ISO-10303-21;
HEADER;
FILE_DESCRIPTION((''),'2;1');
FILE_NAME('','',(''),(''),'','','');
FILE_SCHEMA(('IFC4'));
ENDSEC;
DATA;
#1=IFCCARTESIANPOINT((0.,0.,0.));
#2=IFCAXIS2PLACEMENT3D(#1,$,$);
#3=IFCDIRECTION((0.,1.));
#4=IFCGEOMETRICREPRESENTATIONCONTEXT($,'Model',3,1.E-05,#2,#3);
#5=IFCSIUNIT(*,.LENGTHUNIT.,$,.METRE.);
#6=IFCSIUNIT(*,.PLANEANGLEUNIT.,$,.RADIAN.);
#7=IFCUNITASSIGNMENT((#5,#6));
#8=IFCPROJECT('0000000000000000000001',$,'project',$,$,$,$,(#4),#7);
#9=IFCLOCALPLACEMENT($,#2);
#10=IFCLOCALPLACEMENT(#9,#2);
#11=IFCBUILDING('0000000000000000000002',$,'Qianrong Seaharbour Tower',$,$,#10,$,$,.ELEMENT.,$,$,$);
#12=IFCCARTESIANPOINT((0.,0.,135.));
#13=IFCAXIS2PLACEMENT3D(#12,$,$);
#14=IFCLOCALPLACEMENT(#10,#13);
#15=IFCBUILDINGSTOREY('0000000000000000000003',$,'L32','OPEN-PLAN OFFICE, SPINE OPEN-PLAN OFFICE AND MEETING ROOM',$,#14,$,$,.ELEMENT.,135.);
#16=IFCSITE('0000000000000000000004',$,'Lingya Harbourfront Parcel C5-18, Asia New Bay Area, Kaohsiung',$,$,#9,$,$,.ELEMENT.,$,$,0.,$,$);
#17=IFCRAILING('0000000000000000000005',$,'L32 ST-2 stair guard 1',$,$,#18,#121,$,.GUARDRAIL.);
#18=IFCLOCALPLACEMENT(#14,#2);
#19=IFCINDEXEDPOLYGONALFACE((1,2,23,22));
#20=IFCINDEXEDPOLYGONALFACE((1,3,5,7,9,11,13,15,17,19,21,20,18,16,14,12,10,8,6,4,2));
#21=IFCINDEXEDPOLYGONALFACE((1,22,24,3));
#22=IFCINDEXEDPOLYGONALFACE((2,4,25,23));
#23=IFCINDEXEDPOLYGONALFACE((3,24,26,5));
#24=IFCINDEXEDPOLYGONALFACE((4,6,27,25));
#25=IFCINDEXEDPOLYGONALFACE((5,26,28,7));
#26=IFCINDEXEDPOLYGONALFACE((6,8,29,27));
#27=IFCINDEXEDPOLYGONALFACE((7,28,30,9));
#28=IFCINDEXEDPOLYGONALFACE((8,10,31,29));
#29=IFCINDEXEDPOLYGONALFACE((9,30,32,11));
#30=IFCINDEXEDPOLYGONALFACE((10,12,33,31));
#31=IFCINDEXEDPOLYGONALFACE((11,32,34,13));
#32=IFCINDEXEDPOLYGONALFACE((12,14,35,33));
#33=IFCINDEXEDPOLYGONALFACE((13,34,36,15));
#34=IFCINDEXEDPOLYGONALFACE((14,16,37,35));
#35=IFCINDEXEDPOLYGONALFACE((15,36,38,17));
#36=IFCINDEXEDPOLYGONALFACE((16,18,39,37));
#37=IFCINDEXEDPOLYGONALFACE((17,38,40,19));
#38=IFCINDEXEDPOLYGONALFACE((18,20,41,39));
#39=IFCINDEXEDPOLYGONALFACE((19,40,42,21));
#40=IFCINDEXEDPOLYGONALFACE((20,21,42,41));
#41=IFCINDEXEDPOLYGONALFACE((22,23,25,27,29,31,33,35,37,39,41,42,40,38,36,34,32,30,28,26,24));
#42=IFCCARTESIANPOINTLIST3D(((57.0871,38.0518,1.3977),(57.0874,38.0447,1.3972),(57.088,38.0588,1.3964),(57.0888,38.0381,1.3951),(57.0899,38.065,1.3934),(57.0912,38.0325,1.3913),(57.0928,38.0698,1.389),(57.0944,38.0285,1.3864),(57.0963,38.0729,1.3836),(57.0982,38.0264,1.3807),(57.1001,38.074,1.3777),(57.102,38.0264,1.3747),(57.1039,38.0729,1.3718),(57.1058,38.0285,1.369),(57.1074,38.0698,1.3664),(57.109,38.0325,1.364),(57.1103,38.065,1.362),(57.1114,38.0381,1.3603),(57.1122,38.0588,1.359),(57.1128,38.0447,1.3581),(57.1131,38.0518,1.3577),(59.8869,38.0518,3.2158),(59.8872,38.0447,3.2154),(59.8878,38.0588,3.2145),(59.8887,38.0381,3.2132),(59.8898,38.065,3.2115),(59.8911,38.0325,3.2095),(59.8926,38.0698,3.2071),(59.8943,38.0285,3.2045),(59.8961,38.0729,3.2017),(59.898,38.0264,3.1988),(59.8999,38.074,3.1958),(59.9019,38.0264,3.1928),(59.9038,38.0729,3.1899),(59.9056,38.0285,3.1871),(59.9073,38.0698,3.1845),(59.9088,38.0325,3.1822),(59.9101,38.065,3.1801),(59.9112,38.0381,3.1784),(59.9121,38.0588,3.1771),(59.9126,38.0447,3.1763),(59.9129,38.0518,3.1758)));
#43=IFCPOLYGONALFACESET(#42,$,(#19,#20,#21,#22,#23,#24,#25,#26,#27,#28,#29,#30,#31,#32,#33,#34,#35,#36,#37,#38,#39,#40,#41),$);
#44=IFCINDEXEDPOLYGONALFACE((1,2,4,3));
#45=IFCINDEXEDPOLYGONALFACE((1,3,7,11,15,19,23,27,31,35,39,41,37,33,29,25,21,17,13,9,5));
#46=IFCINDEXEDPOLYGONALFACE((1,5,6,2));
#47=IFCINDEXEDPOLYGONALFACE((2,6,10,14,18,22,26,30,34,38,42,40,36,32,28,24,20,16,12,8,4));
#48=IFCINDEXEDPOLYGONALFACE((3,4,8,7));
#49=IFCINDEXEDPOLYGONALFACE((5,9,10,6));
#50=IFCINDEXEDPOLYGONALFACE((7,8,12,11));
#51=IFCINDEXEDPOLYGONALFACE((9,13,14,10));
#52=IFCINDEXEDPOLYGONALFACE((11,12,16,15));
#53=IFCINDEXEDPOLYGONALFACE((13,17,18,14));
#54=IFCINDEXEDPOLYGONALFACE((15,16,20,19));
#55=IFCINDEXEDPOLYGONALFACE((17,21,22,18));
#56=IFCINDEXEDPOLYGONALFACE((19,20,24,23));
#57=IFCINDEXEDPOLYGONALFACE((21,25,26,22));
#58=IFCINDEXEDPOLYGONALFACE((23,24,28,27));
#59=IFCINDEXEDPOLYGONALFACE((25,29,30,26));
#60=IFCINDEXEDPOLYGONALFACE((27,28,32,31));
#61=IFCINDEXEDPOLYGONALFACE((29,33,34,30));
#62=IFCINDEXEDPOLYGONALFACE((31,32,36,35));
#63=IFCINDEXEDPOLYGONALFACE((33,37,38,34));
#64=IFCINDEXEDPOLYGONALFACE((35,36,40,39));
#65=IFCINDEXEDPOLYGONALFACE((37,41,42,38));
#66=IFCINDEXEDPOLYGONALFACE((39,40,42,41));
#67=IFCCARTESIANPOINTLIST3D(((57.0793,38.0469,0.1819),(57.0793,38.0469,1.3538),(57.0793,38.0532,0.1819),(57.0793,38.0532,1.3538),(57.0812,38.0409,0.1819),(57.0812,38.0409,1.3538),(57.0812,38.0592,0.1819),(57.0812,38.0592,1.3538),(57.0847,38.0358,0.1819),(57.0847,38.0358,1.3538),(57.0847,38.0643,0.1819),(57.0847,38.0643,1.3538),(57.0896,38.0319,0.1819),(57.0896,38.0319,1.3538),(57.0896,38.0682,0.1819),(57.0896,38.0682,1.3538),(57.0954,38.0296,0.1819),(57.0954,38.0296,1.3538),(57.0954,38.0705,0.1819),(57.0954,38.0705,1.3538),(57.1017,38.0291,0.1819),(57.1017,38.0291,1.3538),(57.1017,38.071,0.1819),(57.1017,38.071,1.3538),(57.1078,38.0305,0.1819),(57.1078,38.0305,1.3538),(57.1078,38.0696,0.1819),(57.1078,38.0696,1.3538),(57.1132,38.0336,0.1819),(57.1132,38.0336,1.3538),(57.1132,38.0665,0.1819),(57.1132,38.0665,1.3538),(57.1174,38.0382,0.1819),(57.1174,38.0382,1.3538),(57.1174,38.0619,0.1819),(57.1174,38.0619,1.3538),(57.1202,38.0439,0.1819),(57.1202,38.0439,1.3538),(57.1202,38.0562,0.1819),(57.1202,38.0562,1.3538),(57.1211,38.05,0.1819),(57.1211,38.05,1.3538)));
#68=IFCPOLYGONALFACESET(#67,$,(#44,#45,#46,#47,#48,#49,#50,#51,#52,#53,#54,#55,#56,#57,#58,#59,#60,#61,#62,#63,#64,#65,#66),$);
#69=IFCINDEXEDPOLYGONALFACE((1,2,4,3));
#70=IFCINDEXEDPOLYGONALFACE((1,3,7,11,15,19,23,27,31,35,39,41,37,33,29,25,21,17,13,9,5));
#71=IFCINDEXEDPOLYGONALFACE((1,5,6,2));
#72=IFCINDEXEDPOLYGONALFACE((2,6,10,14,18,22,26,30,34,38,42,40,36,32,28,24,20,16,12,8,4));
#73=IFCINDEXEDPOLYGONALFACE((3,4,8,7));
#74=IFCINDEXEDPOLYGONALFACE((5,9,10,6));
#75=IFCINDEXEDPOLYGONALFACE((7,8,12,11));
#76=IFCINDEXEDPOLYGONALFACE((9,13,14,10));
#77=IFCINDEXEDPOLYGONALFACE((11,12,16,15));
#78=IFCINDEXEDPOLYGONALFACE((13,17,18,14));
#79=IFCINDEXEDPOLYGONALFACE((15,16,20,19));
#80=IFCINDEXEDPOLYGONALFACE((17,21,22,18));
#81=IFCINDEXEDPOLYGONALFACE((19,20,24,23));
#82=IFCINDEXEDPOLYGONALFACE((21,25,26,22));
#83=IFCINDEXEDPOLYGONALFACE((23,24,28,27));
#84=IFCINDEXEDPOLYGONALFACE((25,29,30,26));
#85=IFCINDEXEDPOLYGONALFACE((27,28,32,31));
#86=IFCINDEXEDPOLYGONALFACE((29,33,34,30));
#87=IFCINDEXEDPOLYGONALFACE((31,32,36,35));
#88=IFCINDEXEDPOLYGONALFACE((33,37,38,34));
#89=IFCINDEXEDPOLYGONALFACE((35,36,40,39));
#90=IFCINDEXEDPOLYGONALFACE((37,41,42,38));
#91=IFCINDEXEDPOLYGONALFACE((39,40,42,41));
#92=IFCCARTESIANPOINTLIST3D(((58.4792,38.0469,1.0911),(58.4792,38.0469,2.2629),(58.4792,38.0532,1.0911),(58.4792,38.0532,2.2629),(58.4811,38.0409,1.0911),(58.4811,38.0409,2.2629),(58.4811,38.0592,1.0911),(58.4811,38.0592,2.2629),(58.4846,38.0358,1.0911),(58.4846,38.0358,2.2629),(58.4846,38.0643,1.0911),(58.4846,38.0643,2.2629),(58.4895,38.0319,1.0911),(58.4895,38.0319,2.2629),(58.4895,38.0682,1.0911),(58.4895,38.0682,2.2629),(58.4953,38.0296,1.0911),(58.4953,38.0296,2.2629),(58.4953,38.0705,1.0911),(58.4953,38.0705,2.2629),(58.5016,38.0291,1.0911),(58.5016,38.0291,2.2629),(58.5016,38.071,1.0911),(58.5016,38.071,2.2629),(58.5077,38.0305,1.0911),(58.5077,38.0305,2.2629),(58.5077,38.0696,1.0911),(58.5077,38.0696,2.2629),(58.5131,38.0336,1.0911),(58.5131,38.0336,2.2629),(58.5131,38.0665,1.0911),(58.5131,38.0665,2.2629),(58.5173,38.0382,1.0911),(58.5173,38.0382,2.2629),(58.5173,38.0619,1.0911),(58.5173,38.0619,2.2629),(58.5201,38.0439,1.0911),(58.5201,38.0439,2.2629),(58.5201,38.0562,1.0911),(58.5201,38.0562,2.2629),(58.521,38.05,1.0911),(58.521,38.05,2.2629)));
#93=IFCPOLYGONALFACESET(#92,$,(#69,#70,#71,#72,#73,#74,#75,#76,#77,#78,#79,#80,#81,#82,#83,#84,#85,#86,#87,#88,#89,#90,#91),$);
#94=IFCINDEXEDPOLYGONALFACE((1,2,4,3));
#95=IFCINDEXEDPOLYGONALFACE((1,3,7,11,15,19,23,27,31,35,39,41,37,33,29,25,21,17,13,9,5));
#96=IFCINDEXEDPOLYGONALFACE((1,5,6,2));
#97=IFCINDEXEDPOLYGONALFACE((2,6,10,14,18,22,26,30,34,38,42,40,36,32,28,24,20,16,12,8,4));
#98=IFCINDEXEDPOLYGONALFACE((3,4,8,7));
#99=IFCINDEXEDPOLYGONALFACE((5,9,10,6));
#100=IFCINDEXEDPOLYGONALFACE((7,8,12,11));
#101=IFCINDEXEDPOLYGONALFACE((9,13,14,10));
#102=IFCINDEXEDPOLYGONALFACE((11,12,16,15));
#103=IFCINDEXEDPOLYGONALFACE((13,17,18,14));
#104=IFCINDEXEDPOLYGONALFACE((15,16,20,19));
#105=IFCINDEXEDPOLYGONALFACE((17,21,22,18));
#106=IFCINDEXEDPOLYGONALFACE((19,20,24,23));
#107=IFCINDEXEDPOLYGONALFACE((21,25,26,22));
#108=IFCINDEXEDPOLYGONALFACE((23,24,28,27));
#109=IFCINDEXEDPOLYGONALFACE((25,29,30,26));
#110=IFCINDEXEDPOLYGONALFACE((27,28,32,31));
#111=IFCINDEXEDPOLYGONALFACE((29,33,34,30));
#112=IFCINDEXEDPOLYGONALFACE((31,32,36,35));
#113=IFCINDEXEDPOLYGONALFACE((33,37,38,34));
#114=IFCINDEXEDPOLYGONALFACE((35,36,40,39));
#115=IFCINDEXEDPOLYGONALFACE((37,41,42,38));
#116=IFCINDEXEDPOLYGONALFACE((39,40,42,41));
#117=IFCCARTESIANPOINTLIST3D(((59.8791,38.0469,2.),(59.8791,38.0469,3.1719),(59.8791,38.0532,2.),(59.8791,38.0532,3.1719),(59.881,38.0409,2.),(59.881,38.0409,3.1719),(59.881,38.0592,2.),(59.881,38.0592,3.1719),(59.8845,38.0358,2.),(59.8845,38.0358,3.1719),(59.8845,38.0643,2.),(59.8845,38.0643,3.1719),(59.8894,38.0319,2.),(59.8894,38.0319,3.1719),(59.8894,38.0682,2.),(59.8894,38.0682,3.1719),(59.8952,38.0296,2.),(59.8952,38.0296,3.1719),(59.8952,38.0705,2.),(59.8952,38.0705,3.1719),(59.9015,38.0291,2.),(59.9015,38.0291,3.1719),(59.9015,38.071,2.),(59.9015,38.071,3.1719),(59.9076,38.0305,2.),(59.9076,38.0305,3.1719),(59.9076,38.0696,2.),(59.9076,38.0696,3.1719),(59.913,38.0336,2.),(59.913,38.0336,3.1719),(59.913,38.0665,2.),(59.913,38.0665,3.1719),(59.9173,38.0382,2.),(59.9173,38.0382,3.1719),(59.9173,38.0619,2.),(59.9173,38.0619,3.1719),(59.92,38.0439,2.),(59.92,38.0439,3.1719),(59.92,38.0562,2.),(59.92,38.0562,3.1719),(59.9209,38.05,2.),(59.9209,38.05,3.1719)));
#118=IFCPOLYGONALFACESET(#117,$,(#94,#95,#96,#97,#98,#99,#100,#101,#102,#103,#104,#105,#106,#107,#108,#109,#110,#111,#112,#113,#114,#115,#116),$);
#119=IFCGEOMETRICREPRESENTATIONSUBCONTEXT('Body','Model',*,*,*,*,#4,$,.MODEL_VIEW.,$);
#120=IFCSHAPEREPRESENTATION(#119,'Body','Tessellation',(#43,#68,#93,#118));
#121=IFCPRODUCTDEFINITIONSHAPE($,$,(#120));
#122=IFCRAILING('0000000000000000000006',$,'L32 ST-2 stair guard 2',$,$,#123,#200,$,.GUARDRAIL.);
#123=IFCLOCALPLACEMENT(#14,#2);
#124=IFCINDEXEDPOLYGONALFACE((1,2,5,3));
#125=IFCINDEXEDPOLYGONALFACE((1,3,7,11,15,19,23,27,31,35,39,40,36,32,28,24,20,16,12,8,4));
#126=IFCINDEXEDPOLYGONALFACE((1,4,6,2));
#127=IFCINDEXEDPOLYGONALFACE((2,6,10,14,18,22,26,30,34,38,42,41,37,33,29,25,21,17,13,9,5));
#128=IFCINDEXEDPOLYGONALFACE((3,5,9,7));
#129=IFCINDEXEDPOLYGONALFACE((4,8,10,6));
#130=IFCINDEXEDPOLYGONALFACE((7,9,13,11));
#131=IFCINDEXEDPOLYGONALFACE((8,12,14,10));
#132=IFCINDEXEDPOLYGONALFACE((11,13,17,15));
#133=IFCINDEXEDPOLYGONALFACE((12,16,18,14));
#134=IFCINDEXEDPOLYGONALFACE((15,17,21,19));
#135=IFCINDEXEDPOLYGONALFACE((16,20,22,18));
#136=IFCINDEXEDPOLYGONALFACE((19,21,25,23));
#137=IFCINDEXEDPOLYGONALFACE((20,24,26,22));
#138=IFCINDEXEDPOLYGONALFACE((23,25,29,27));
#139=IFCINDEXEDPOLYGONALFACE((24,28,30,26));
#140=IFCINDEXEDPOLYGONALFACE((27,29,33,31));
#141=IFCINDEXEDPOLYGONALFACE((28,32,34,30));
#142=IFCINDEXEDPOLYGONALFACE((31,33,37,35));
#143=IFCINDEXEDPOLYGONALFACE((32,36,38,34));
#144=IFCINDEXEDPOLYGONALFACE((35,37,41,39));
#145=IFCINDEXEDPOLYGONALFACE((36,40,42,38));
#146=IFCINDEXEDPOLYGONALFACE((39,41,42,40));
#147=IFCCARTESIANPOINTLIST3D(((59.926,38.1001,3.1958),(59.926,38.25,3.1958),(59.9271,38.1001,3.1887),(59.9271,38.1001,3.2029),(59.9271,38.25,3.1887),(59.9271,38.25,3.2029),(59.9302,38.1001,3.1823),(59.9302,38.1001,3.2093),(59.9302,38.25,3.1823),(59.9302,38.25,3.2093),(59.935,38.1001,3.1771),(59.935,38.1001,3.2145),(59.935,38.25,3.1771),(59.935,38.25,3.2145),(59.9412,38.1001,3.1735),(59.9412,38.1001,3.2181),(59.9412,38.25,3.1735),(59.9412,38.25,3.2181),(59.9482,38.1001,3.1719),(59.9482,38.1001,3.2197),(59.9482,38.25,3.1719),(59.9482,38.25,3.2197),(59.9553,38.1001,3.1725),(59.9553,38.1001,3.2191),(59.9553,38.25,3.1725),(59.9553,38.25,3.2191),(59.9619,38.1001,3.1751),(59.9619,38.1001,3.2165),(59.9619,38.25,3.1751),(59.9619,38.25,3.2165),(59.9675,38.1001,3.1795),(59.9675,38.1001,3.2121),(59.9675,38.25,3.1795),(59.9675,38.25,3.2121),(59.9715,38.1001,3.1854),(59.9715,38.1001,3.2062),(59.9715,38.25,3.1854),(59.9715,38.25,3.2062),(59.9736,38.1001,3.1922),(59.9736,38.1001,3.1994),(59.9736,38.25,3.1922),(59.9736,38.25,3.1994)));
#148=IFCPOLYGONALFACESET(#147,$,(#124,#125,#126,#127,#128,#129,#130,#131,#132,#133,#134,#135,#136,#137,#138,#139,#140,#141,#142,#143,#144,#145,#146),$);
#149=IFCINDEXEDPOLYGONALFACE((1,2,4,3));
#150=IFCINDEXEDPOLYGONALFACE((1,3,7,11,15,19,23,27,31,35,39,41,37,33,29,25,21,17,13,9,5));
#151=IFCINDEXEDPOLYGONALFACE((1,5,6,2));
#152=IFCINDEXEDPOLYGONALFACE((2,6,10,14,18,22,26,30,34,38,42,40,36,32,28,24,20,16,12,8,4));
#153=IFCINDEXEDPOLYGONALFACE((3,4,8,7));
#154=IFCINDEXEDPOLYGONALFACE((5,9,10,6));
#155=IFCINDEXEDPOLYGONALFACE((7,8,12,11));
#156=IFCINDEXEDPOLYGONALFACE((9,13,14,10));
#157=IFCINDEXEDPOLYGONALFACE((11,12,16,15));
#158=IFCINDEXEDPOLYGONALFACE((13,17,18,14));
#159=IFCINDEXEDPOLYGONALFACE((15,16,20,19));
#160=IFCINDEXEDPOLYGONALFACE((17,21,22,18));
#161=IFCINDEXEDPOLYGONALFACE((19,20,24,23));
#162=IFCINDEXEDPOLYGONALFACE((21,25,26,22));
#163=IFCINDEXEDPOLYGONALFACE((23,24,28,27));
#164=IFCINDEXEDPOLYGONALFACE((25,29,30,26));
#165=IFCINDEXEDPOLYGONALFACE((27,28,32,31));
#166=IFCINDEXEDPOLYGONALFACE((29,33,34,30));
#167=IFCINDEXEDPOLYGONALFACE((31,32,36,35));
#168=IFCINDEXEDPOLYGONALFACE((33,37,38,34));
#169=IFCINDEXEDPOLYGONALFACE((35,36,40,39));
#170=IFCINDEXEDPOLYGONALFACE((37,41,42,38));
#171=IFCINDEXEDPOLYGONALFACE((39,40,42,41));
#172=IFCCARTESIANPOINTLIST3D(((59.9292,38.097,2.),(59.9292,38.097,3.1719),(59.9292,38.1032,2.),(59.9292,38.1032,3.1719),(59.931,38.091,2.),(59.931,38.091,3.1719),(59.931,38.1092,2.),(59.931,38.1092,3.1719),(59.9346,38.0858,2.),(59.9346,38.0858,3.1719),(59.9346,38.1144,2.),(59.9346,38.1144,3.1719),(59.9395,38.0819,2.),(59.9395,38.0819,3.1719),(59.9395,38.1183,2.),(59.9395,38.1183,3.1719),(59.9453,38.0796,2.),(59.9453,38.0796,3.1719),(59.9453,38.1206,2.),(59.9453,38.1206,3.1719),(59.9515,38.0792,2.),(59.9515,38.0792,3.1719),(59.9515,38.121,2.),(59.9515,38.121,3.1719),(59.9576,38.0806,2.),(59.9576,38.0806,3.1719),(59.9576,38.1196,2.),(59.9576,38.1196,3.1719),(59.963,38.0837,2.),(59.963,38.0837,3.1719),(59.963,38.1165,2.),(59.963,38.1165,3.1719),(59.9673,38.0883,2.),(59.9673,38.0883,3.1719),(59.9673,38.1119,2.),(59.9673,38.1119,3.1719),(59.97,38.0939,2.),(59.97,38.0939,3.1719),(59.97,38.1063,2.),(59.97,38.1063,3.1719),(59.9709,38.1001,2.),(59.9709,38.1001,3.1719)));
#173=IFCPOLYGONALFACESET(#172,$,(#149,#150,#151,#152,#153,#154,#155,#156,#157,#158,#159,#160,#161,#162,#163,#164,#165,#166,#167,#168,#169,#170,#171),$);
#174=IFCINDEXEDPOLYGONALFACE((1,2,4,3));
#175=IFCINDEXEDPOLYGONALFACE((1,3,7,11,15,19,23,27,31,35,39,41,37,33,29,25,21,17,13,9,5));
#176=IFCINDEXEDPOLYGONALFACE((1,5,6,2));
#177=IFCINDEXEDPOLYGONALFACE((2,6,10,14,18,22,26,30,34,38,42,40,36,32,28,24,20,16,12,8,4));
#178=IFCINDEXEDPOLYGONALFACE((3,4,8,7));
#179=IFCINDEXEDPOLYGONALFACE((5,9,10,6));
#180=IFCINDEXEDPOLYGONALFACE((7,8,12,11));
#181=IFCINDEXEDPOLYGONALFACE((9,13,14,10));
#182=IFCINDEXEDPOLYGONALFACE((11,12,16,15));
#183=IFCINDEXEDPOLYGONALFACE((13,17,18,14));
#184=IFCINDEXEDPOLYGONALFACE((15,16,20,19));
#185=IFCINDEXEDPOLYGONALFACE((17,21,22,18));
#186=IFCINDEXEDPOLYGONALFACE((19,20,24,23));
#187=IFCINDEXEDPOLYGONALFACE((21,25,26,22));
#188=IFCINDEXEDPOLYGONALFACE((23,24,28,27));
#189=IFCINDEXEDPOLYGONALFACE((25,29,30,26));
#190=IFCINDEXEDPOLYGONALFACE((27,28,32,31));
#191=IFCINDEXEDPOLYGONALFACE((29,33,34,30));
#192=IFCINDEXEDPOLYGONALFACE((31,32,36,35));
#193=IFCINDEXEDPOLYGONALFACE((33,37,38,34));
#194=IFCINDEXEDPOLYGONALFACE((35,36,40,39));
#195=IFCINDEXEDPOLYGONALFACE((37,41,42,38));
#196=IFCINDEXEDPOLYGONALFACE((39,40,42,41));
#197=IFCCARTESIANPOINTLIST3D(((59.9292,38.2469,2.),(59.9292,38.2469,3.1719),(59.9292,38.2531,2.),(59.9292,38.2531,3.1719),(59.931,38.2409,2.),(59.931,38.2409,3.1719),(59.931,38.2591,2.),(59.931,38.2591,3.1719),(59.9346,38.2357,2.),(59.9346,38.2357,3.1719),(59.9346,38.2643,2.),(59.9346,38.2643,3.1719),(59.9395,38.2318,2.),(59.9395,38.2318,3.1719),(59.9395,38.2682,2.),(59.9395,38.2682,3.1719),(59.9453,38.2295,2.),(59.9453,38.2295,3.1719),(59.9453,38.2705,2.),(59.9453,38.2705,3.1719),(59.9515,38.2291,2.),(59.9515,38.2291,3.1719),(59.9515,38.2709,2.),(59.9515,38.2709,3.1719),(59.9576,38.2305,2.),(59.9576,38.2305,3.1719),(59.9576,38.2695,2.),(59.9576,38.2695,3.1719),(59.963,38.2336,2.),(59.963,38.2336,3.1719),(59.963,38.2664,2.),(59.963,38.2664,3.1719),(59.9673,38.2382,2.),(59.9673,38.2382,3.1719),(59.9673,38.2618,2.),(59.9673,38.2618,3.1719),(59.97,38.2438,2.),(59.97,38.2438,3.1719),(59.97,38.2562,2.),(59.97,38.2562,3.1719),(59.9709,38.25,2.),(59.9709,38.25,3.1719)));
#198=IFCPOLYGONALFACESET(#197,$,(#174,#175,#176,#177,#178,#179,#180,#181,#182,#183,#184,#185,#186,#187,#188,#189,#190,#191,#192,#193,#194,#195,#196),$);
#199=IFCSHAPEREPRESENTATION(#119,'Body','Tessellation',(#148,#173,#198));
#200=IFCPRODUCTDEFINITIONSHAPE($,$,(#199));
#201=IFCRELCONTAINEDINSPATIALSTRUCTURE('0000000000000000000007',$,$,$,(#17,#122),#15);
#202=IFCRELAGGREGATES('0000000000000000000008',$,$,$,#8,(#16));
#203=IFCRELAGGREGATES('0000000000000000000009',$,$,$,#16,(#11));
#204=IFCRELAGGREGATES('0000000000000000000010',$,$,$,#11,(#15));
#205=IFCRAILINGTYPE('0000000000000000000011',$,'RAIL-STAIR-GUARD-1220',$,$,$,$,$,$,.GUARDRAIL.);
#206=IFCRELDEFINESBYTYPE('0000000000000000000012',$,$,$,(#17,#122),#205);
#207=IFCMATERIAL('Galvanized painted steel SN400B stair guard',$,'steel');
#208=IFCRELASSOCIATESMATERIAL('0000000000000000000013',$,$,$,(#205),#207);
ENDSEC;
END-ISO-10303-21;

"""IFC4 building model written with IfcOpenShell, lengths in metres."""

from ifc_helpers import new_model, si_unit, direction, frame, origin, origin_2d, place, context, subcontext, project, spatial, circle, extrude, material, type_object, element, save


model = new_model("IFC4")

# Units and contexts
model_context = context("Model", 3, precision=1e-05, world=origin(), true_north=direction((0.0, 1.0)))
body_context = subcontext(model_context, "Body", "Model", "MODEL_VIEW")
ifc_project = project(units=[si_unit("LENGTHUNIT", "METRE"), si_unit("PLANEANGLEUNIT", "RADIAN")], contexts=[model_context])

# Site, building, storey
site_placement = place(None, origin())
site = spatial("IfcSite", under=ifc_project, at=site_placement, Name="Lingya Harbourfront Parcel C5-18, Asia New Bay Area, Kaohsiung", CompositionType="ELEMENT", RefElevation=0.0)
building_placement = place(site_placement, origin())
building = spatial("IfcBuilding", under=site, at=building_placement, Name="Qianrong Seaharbour Tower", CompositionType="ELEMENT")
storey_placement = place(building_placement, frame((0.0, 0.0, 135.0)))
storey = spatial("IfcBuildingStorey", under=building, at=storey_placement, Name="L32", Description="OPEN-PLAN OFFICE, SPINE OPEN-PLAN OFFICE AND MEETING ROOM", CompositionType="ELEMENT", Elevation=135.0)

# Railings
ifc_material_1 = material(Name="Galvanized painted steel SN400B stair guard", Category="steel")
railing_type_1 = type_object("IfcRailingType", Name="RAIL-STAIR-GUARD-1220", PredefinedType="GUARDRAIL", material=ifc_material_1)
railing_1_placement = place(storey_placement, frame((57.1001, 38.05, 0.1819)))
element("IfcRailing", 1, at=railing_1_placement, inside=storey, type_object=railing_type_1, Name="L32 ST-2 stair guard 1", PredefinedType="GUARDRAIL", context=body_context, shape_type="SweptSolid", body=[
    extrude(circle(Radius=0.0239, at=origin_2d()), frame((0.0, 0.0, 1.1958), z_axis=(0.838684, 0.0, 0.544618), x_axis=(0.0, 1.0, 0.0)), (0.0, 0.0, 1.0), 3.3384),
    extrude(circle(Radius=0.021, at=origin_2d()), origin(), (0.0, 0.0, 1.0), 1.1719),
    extrude(circle(Radius=0.021, at=origin_2d()), frame((1.3999, 0.0, 0.9092)), (0.0, 0.0, 1.0), 1.1719),
    extrude(circle(Radius=0.021, at=origin_2d()), frame((2.7998, 0.0, 1.8181)), (0.0, 0.0, 1.0), 1.1719),
])
railing_2_placement = place(storey_placement, frame((59.95, 38.1001, 2.0)))
element("IfcRailing", 2, at=railing_2_placement, inside=storey, type_object=railing_type_1, Name="L32 ST-2 stair guard 2", PredefinedType="GUARDRAIL", context=body_context, shape_type="SweptSolid", body=[
    extrude(circle(Radius=0.0239, at=origin_2d()), frame((0.0, 0.0, 1.1958), z_axis=(0.0, 1.0, 0.0), x_axis=(-1.0, 0.0, 0.0)), (0.0, 0.0, 1.0), 0.1499),
    extrude(circle(Radius=0.021, at=origin_2d()), origin(), (0.0, 0.0, 1.0), 1.1719),
    extrude(circle(Radius=0.021, at=origin_2d()), frame((0.0, 0.1499, 0.0)), (0.0, 0.0, 1.0), 1.1719),
])

save(model, "model.ifc")
